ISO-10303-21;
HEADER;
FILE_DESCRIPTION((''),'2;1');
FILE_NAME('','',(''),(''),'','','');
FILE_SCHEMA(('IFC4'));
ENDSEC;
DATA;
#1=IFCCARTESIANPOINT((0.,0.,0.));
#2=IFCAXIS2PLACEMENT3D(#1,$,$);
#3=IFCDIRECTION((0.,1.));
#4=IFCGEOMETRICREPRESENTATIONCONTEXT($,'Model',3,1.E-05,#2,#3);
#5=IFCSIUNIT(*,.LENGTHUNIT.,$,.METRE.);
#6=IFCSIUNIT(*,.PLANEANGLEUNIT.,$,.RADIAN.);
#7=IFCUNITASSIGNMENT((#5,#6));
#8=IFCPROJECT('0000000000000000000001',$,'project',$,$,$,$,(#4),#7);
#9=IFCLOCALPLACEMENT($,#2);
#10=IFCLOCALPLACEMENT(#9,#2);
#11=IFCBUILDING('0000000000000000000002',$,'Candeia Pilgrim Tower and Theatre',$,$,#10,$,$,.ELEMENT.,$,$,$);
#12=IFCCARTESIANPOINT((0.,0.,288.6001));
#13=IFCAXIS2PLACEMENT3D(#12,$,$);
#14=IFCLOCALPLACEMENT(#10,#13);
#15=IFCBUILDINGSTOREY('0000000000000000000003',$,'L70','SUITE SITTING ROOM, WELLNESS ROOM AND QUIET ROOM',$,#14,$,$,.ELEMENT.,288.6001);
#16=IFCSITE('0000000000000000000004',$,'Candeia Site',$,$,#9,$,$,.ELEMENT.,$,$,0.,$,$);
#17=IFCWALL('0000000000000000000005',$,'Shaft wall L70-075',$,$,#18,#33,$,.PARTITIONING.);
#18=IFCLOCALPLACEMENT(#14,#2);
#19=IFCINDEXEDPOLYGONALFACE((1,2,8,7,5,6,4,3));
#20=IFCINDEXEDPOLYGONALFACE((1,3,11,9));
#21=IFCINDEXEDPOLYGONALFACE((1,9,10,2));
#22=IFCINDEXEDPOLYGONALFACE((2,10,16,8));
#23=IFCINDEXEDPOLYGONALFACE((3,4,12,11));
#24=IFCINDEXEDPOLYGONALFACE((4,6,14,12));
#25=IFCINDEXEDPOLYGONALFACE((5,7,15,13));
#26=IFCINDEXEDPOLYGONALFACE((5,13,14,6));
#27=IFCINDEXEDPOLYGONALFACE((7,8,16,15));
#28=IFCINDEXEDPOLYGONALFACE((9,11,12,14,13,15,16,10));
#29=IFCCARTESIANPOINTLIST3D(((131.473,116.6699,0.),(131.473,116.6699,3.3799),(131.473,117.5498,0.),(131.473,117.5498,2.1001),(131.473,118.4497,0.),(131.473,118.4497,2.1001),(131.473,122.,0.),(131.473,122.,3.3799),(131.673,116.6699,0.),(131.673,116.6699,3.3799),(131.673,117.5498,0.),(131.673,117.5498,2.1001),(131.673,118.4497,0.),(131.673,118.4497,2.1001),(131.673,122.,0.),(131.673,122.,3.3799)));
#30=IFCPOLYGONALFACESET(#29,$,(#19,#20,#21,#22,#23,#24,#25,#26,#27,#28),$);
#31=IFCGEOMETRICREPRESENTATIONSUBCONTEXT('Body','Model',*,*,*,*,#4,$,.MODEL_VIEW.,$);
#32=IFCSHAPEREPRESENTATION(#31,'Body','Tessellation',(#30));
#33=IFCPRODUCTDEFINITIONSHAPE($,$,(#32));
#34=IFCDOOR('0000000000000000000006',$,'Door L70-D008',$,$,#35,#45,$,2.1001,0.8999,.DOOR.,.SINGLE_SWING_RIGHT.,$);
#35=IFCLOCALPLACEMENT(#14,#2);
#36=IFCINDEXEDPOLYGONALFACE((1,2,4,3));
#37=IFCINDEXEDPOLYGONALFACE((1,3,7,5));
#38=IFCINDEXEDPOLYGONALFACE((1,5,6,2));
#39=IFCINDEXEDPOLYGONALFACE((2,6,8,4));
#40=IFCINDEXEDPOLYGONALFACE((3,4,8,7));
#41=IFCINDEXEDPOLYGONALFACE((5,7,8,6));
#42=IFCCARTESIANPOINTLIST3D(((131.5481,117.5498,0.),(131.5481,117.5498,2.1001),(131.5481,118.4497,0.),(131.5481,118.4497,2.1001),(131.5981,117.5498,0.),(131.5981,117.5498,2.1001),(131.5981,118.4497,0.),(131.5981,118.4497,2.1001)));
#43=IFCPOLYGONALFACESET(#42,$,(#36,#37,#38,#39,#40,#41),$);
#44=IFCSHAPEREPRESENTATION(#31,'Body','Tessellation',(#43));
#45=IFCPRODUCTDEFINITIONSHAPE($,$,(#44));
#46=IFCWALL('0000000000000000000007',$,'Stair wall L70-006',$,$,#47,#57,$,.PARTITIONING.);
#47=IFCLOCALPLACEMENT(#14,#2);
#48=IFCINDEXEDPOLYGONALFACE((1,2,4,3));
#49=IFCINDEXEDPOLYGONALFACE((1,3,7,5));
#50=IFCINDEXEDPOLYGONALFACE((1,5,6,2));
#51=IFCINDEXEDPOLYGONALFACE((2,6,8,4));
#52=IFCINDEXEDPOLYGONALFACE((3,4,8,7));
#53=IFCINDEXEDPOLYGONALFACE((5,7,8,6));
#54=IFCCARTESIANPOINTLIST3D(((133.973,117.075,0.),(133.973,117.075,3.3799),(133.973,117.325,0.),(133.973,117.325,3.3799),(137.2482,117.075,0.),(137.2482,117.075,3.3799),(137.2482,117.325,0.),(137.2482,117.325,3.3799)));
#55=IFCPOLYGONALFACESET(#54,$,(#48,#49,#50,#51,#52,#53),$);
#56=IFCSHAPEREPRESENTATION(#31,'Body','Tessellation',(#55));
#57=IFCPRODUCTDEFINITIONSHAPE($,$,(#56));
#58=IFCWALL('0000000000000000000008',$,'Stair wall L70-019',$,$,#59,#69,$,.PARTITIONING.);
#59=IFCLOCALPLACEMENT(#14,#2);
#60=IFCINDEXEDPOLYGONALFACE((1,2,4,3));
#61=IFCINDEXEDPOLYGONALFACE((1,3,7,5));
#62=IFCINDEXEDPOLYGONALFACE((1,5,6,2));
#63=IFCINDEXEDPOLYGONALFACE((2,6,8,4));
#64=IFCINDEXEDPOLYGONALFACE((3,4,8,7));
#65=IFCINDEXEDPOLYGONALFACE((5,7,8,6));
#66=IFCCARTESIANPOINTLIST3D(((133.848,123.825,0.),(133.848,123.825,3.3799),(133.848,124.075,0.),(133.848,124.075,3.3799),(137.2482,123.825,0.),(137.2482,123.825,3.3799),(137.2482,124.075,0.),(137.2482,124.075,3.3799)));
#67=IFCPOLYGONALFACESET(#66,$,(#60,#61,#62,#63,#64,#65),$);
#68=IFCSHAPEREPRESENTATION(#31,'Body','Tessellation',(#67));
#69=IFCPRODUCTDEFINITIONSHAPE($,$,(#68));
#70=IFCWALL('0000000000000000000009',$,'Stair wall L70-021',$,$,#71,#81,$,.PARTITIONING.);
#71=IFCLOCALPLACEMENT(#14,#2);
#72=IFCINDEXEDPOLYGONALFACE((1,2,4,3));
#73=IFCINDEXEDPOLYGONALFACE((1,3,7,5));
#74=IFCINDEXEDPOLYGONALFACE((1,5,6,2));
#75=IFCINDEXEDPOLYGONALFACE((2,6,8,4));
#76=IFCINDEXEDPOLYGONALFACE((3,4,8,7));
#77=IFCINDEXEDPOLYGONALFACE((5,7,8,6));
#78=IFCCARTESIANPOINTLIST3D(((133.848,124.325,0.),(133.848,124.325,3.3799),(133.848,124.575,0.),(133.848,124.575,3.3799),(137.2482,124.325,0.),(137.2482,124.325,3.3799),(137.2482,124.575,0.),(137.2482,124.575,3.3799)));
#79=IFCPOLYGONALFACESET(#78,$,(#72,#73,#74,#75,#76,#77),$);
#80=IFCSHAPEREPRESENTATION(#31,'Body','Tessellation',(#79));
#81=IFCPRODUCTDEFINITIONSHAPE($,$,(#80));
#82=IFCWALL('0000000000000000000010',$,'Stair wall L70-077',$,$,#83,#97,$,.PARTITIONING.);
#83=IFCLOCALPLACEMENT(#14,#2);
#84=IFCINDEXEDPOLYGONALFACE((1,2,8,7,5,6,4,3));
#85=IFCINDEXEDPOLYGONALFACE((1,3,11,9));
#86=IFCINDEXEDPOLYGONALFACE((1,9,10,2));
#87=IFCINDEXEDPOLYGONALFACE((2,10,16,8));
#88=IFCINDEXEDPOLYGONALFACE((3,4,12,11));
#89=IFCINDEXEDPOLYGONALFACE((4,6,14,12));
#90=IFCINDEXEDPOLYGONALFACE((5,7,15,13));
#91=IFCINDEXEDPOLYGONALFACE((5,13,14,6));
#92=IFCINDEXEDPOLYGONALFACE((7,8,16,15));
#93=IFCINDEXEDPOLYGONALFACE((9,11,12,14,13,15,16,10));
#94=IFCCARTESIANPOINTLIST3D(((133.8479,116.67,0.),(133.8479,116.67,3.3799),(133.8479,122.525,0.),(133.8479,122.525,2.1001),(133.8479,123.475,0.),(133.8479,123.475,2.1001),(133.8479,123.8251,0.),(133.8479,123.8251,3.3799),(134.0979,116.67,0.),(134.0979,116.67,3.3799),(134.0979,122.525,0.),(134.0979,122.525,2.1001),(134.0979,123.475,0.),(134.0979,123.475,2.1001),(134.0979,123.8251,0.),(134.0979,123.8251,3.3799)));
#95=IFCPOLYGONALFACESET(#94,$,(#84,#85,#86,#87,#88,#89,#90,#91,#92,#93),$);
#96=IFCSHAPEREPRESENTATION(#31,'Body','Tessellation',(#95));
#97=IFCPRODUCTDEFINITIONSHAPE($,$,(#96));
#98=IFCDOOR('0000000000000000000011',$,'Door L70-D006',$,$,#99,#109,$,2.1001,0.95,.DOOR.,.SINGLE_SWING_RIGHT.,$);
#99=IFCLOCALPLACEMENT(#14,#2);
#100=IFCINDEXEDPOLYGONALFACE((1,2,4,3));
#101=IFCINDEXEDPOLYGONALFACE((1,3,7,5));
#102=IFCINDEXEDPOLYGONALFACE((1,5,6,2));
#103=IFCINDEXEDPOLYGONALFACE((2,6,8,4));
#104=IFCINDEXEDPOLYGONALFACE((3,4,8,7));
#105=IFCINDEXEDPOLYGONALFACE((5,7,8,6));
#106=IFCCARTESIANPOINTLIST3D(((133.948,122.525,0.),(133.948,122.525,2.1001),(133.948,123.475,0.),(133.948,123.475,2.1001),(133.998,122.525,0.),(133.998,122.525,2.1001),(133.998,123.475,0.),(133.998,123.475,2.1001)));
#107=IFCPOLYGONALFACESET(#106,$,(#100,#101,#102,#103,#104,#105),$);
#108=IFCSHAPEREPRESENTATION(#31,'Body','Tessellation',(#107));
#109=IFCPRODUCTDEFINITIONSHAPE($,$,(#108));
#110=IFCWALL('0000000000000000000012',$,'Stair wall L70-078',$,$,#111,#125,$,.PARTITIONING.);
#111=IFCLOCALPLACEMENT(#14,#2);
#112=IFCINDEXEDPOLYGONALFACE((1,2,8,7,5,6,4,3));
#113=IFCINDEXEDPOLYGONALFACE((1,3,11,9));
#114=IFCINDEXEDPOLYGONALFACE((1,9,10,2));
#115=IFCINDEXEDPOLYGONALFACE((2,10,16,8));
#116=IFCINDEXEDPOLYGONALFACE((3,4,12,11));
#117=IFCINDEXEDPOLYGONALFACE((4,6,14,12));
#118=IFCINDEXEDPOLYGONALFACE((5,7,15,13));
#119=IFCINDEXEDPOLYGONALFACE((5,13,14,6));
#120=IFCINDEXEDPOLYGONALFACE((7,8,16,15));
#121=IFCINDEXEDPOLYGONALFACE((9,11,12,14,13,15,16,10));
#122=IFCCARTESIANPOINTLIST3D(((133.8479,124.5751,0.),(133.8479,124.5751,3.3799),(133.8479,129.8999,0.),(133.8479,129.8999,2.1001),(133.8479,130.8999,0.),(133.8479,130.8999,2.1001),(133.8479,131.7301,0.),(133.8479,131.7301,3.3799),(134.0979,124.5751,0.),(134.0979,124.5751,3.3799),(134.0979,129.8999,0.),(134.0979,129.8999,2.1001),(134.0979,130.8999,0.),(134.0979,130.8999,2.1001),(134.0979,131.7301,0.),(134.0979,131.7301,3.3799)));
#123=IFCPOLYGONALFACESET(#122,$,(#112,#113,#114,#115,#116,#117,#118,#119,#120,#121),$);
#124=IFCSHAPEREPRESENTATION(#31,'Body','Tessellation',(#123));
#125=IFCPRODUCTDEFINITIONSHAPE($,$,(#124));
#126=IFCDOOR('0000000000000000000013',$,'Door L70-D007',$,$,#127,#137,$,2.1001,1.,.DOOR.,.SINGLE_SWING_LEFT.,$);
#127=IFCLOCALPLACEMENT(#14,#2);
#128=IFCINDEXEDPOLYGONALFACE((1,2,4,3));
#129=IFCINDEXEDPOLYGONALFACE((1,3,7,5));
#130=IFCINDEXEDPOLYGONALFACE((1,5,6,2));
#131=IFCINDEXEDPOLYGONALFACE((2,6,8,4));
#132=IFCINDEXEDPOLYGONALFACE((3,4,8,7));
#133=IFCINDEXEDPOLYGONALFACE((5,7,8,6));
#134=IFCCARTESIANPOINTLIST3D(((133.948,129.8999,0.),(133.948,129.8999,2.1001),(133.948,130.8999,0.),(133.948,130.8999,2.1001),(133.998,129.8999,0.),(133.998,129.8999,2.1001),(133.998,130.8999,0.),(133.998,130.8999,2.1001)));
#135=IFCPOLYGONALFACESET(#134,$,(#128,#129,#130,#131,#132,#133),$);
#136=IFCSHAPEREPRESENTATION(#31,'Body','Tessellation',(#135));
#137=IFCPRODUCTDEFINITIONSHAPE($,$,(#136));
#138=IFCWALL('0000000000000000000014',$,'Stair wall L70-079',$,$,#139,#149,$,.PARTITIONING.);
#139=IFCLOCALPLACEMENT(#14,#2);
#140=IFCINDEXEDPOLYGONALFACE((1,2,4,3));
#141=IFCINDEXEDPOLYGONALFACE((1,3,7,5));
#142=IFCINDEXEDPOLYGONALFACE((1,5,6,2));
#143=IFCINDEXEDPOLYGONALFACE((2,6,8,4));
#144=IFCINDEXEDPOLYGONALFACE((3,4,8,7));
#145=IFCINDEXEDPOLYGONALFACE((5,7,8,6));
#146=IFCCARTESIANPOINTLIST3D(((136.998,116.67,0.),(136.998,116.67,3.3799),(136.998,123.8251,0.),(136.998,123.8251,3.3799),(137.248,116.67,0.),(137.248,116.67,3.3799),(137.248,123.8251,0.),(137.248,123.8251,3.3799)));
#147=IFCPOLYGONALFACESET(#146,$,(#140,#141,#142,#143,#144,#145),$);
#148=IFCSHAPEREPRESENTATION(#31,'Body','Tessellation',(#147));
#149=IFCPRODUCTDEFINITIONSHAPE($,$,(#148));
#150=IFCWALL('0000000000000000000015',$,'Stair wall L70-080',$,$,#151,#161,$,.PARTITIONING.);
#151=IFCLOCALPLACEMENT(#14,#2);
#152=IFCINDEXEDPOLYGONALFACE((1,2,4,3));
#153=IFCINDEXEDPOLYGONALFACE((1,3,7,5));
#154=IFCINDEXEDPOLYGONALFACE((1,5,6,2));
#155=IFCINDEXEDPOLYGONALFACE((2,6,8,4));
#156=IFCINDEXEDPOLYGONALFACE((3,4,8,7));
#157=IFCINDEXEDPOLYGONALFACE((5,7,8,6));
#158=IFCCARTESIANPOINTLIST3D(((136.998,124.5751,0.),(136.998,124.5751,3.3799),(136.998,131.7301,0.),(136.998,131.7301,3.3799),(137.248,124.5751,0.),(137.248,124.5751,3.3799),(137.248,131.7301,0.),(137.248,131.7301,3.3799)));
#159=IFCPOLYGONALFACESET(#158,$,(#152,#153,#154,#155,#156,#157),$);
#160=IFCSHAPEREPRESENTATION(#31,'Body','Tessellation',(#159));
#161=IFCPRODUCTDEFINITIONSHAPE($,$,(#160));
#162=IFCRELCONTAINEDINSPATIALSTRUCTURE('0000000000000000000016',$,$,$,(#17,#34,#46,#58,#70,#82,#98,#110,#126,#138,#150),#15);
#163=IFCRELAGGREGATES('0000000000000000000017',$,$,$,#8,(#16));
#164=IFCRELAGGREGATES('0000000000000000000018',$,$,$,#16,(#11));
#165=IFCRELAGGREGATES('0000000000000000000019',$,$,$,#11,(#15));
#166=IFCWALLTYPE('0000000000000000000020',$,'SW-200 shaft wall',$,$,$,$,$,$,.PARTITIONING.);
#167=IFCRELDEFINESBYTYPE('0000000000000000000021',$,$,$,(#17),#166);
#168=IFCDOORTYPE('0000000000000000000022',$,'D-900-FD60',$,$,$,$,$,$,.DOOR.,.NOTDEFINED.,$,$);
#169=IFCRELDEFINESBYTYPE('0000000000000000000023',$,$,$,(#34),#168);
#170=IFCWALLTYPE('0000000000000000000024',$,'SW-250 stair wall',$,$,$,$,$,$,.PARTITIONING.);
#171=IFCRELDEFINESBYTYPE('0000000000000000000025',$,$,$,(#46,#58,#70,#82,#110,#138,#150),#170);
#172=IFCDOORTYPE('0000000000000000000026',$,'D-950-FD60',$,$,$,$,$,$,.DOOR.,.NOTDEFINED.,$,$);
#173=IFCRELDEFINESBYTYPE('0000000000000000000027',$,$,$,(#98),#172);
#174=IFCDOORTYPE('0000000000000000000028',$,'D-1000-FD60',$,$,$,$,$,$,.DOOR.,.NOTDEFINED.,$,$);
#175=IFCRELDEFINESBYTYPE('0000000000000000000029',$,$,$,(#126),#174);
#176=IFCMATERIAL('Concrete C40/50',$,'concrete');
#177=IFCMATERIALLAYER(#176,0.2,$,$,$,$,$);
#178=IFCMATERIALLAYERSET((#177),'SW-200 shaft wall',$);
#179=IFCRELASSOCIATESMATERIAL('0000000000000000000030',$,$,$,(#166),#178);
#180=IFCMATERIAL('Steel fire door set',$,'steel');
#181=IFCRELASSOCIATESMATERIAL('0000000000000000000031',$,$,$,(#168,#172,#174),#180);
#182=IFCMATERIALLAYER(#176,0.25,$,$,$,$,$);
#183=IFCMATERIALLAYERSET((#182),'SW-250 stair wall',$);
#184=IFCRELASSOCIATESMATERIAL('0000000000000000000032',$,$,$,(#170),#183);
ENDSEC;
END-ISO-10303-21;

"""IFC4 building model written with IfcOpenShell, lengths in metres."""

from ifc_helpers import new_model, si_unit, direction, frame, frame_2d, origin, place, context, subcontext, project, spatial, rectangle, extrude, material, layer, layer_set, type_object, element, fill, save


model = new_model("IFC4")

# Units and contexts
model_context = context("Model", 3, precision=1e-05, world=origin(), true_north=direction((0.0, 1.0)))
body_context = subcontext(model_context, "Body", "Model", "MODEL_VIEW")
ifc_project = project(units=[si_unit("LENGTHUNIT", "METRE"), si_unit("PLANEANGLEUNIT", "RADIAN")], contexts=[model_context])

# Site, building, storey
site_placement = place(None, origin())
site = spatial("IfcSite", under=ifc_project, at=site_placement, Name="Candeia Site", CompositionType="ELEMENT", RefElevation=0.0)
building_placement = place(site_placement, origin())
building = spatial("IfcBuilding", under=site, at=building_placement, Name="Candeia Pilgrim Tower and Theatre", CompositionType="ELEMENT")
storey_placement = place(building_placement, frame((0.0, 0.0, 288.6001)))
storey = spatial("IfcBuildingStorey", under=building, at=storey_placement, Name="L70", Description="SUITE SITTING ROOM, WELLNESS ROOM AND QUIET ROOM", CompositionType="ELEMENT", Elevation=288.6001)

# Shared definitions
ifc_material_1 = material(Name="Concrete C40/50", Category="concrete")

# Shared definitions
ifc_material_2 = material(Name="Steel fire door set", Category="steel")

# Shared definitions
ifc_layer_1 = layer(ifc_material_1, 0.2)
ifc_layer_set_1 = layer_set([ifc_layer_1], Name="SW-200 shaft wall")
wall_type_1 = type_object("IfcWallType", Name="SW-200 shaft wall", PredefinedType="PARTITIONING", material=ifc_layer_set_1)

# Wall, opening, door
wall_1_placement = place(storey_placement, frame((131.573, 116.6699, 0.0), z_axis=(0.0, 0.0, 1.0), x_axis=(0.0, 1.0, 0.0)))
wall_1 = element("IfcWall", 1, at=wall_1_placement, inside=storey, type_object=wall_type_1, Name="Shaft wall L70-075", PredefinedType="PARTITIONING", context=body_context, shape_type="SweptSolid", body=[
    extrude(rectangle(XDim=5.3301, YDim=0.2, at=frame_2d((2.665, 0.0))), origin(), (0.0, 0.0, 1.0), 3.3799),
])
opening_1_placement = place(wall_1_placement, frame((0.8799, 0.0, 0.0)))
opening_1 = element("IfcOpeningElement", 2, at=opening_1_placement, cuts=wall_1, PredefinedType="OPENING", context=body_context, shape_type="SweptSolid", body=[
    extrude(rectangle(XDim=0.8999, YDim=2.1001, at=frame_2d((0.45, 1.05))), frame((0.0, 0.1099, 0.0), z_axis=(0.0, -1.0, 0.0), x_axis=(1.0, 0.0, 0.0)), (0.0, 0.0, 1.0), 0.22),
])
door_type_1 = type_object("IfcDoorType", Name="D-900-FD60", OperationType="NOTDEFINED", PredefinedType="DOOR", material=ifc_material_2)
door_1_placement = place(opening_1_placement, origin())
door_1 = element("IfcDoor", 3, at=door_1_placement, inside=storey, type_object=door_type_1, Name="Door L70-D008", OperationType="SINGLE_SWING_RIGHT", OverallHeight=2.1001, OverallWidth=0.8999, PredefinedType="DOOR", context=body_context, shape_type="SweptSolid", body=[
    extrude(rectangle(XDim=0.8999, YDim=2.1001, at=frame_2d((0.45, 1.05))), frame((0.0, 0.0249, 0.0), z_axis=(0.0, -1.0, 0.0), x_axis=(1.0, 0.0, 0.0)), (0.0, 0.0, 1.0), 0.05),
])
fill(opening_1, door_1)

# Walls
ifc_layer_2 = layer(ifc_material_1, 0.25)
ifc_layer_set_2 = layer_set([ifc_layer_2], Name="SW-250 stair wall")
wall_type_2 = type_object("IfcWallType", Name="SW-250 stair wall", PredefinedType="PARTITIONING", material=ifc_layer_set_2)
wall_2_placement = place(storey_placement, frame((133.9729, 117.2, 0.0), z_axis=(0.0, 0.0, 1.0), x_axis=(1.0, 0.0, 0.0)))
element("IfcWall", 4, at=wall_2_placement, inside=storey, type_object=wall_type_2, Name="Stair wall L70-006", PredefinedType="PARTITIONING", context=body_context, shape_type="SweptSolid", body=[
    extrude(rectangle(XDim=3.2751, YDim=0.25, at=frame_2d((1.6377, 0.0))), origin(), (0.0, 0.0, 1.0), 3.3799),
])
for number, where, z_axis, x_axis, name in (
    (5, (133.8479, 123.95, 0.0), (0.0, 0.0, 1.0), (1.0, 0.0, 0.0), "Stair wall L70-019"),
    (6, (133.8479, 124.45, 0.0), (0.0, 0.0, 1.0), (1.0, 0.0, 0.0), "Stair wall L70-021"),
):
    element("IfcWall", number, at=place(storey_placement, frame(where, z_axis=z_axis, x_axis=x_axis)), inside=storey, type_object=wall_type_2, Name=name, PredefinedType="PARTITIONING", context=body_context, shape_type="SweptSolid", body=[
        extrude(rectangle(XDim=3.4001, YDim=0.25, at=frame_2d((1.7002, 0.0))), origin(), (0.0, 0.0, 1.0), 3.3799),
    ])

# Walls, openings, doors
wall_3_placement = place(storey_placement, frame((133.9729, 116.6699, 0.0), z_axis=(0.0, 0.0, 1.0), x_axis=(0.0, 1.0, 0.0)))
wall_3 = element("IfcWall", 7, at=wall_3_placement, inside=storey, type_object=wall_type_2, Name="Stair wall L70-077", PredefinedType="PARTITIONING", context=body_context, shape_type="SweptSolid", body=[
    extrude(rectangle(XDim=7.155, YDim=0.25, at=frame_2d((3.5776, 0.0))), origin(), (0.0, 0.0, 1.0), 3.3799),
])
opening_2_placement = place(wall_3_placement, frame((5.855, 0.0, 0.0)))
opening_2 = element("IfcOpeningElement", 8, at=opening_2_placement, cuts=wall_3, PredefinedType="OPENING", context=body_context, shape_type="SweptSolid", body=[
    extrude(rectangle(XDim=0.95, YDim=2.1001, at=frame_2d((0.4751, 1.05))), frame((0.0, 0.135, 0.0), z_axis=(0.0, -1.0, 0.0), x_axis=(1.0, 0.0, 0.0)), (0.0, 0.0, 1.0), 0.27),
])
door_type_2 = type_object("IfcDoorType", Name="D-950-FD60", OperationType="NOTDEFINED", PredefinedType="DOOR", material=ifc_material_2)
door_2_placement = place(opening_2_placement, origin())
door_2 = element("IfcDoor", 9, at=door_2_placement, inside=storey, type_object=door_type_2, Name="Door L70-D006", OperationType="SINGLE_SWING_RIGHT", OverallHeight=2.1001, OverallWidth=0.95, PredefinedType="DOOR", context=body_context, shape_type="SweptSolid", body=[
    extrude(rectangle(XDim=0.95, YDim=2.1001, at=frame_2d((0.4751, 1.05))), frame((0.0, 0.0249, 0.0), z_axis=(0.0, -1.0, 0.0), x_axis=(1.0, 0.0, 0.0)), (0.0, 0.0, 1.0), 0.05),
])
fill(opening_2, door_2)
wall_4_placement = place(storey_placement, frame((133.9729, 124.575, 0.0), z_axis=(0.0, 0.0, 1.0), x_axis=(0.0, 1.0, 0.0)))
wall_4 = element("IfcWall", 10, at=wall_4_placement, inside=storey, type_object=wall_type_2, Name="Stair wall L70-078", PredefinedType="PARTITIONING", context=body_context, shape_type="SweptSolid", body=[
    extrude(rectangle(XDim=7.155, YDim=0.25, at=frame_2d((3.5776, 0.0))), origin(), (0.0, 0.0, 1.0), 3.3799),
])
opening_3_placement = place(wall_4_placement, frame((5.325, 0.0, 0.0)))
opening_3 = element("IfcOpeningElement", 11, at=opening_3_placement, cuts=wall_4, PredefinedType="OPENING", context=body_context, shape_type="SweptSolid", body=[
    extrude(rectangle(XDim=1.0, YDim=2.1001, at=frame_2d((0.5, 1.05))), frame((0.0, 0.135, 0.0), z_axis=(0.0, -1.0, 0.0), x_axis=(1.0, 0.0, 0.0)), (0.0, 0.0, 1.0), 0.27),
])
door_type_3 = type_object("IfcDoorType", Name="D-1000-FD60", OperationType="NOTDEFINED", PredefinedType="DOOR", material=ifc_material_2)
door_3_placement = place(opening_3_placement, origin())
door_3 = element("IfcDoor", 12, at=door_3_placement, inside=storey, type_object=door_type_3, Name="Door L70-D007", OperationType="SINGLE_SWING_LEFT", OverallHeight=2.1001, OverallWidth=1.0, PredefinedType="DOOR", context=body_context, shape_type="SweptSolid", body=[
    extrude(rectangle(XDim=1.0, YDim=2.1001, at=frame_2d((0.5, 1.05))), frame((0.0, 0.0249, 0.0), z_axis=(0.0, -1.0, 0.0), x_axis=(1.0, 0.0, 0.0)), (0.0, 0.0, 1.0), 0.05),
])
fill(opening_3, door_3)

# Walls
for number, where, z_axis, x_axis, name in (
    (13, (137.123, 116.6699, 0.0), (0.0, 0.0, 1.0), (0.0, 1.0, 0.0), "Stair wall L70-079"),
    (14, (137.123, 124.575, 0.0), (0.0, 0.0, 1.0), (0.0, 1.0, 0.0), "Stair wall L70-080"),
):
    element("IfcWall", number, at=place(storey_placement, frame(where, z_axis=z_axis, x_axis=x_axis)), inside=storey, type_object=wall_type_2, Name=name, PredefinedType="PARTITIONING", context=body_context, shape_type="SweptSolid", body=[
        extrude(rectangle(XDim=7.155, YDim=0.25, at=frame_2d((3.5776, 0.0))), origin(), (0.0, 0.0, 1.0), 3.3799),
    ])

save(model, "model.ifc")
